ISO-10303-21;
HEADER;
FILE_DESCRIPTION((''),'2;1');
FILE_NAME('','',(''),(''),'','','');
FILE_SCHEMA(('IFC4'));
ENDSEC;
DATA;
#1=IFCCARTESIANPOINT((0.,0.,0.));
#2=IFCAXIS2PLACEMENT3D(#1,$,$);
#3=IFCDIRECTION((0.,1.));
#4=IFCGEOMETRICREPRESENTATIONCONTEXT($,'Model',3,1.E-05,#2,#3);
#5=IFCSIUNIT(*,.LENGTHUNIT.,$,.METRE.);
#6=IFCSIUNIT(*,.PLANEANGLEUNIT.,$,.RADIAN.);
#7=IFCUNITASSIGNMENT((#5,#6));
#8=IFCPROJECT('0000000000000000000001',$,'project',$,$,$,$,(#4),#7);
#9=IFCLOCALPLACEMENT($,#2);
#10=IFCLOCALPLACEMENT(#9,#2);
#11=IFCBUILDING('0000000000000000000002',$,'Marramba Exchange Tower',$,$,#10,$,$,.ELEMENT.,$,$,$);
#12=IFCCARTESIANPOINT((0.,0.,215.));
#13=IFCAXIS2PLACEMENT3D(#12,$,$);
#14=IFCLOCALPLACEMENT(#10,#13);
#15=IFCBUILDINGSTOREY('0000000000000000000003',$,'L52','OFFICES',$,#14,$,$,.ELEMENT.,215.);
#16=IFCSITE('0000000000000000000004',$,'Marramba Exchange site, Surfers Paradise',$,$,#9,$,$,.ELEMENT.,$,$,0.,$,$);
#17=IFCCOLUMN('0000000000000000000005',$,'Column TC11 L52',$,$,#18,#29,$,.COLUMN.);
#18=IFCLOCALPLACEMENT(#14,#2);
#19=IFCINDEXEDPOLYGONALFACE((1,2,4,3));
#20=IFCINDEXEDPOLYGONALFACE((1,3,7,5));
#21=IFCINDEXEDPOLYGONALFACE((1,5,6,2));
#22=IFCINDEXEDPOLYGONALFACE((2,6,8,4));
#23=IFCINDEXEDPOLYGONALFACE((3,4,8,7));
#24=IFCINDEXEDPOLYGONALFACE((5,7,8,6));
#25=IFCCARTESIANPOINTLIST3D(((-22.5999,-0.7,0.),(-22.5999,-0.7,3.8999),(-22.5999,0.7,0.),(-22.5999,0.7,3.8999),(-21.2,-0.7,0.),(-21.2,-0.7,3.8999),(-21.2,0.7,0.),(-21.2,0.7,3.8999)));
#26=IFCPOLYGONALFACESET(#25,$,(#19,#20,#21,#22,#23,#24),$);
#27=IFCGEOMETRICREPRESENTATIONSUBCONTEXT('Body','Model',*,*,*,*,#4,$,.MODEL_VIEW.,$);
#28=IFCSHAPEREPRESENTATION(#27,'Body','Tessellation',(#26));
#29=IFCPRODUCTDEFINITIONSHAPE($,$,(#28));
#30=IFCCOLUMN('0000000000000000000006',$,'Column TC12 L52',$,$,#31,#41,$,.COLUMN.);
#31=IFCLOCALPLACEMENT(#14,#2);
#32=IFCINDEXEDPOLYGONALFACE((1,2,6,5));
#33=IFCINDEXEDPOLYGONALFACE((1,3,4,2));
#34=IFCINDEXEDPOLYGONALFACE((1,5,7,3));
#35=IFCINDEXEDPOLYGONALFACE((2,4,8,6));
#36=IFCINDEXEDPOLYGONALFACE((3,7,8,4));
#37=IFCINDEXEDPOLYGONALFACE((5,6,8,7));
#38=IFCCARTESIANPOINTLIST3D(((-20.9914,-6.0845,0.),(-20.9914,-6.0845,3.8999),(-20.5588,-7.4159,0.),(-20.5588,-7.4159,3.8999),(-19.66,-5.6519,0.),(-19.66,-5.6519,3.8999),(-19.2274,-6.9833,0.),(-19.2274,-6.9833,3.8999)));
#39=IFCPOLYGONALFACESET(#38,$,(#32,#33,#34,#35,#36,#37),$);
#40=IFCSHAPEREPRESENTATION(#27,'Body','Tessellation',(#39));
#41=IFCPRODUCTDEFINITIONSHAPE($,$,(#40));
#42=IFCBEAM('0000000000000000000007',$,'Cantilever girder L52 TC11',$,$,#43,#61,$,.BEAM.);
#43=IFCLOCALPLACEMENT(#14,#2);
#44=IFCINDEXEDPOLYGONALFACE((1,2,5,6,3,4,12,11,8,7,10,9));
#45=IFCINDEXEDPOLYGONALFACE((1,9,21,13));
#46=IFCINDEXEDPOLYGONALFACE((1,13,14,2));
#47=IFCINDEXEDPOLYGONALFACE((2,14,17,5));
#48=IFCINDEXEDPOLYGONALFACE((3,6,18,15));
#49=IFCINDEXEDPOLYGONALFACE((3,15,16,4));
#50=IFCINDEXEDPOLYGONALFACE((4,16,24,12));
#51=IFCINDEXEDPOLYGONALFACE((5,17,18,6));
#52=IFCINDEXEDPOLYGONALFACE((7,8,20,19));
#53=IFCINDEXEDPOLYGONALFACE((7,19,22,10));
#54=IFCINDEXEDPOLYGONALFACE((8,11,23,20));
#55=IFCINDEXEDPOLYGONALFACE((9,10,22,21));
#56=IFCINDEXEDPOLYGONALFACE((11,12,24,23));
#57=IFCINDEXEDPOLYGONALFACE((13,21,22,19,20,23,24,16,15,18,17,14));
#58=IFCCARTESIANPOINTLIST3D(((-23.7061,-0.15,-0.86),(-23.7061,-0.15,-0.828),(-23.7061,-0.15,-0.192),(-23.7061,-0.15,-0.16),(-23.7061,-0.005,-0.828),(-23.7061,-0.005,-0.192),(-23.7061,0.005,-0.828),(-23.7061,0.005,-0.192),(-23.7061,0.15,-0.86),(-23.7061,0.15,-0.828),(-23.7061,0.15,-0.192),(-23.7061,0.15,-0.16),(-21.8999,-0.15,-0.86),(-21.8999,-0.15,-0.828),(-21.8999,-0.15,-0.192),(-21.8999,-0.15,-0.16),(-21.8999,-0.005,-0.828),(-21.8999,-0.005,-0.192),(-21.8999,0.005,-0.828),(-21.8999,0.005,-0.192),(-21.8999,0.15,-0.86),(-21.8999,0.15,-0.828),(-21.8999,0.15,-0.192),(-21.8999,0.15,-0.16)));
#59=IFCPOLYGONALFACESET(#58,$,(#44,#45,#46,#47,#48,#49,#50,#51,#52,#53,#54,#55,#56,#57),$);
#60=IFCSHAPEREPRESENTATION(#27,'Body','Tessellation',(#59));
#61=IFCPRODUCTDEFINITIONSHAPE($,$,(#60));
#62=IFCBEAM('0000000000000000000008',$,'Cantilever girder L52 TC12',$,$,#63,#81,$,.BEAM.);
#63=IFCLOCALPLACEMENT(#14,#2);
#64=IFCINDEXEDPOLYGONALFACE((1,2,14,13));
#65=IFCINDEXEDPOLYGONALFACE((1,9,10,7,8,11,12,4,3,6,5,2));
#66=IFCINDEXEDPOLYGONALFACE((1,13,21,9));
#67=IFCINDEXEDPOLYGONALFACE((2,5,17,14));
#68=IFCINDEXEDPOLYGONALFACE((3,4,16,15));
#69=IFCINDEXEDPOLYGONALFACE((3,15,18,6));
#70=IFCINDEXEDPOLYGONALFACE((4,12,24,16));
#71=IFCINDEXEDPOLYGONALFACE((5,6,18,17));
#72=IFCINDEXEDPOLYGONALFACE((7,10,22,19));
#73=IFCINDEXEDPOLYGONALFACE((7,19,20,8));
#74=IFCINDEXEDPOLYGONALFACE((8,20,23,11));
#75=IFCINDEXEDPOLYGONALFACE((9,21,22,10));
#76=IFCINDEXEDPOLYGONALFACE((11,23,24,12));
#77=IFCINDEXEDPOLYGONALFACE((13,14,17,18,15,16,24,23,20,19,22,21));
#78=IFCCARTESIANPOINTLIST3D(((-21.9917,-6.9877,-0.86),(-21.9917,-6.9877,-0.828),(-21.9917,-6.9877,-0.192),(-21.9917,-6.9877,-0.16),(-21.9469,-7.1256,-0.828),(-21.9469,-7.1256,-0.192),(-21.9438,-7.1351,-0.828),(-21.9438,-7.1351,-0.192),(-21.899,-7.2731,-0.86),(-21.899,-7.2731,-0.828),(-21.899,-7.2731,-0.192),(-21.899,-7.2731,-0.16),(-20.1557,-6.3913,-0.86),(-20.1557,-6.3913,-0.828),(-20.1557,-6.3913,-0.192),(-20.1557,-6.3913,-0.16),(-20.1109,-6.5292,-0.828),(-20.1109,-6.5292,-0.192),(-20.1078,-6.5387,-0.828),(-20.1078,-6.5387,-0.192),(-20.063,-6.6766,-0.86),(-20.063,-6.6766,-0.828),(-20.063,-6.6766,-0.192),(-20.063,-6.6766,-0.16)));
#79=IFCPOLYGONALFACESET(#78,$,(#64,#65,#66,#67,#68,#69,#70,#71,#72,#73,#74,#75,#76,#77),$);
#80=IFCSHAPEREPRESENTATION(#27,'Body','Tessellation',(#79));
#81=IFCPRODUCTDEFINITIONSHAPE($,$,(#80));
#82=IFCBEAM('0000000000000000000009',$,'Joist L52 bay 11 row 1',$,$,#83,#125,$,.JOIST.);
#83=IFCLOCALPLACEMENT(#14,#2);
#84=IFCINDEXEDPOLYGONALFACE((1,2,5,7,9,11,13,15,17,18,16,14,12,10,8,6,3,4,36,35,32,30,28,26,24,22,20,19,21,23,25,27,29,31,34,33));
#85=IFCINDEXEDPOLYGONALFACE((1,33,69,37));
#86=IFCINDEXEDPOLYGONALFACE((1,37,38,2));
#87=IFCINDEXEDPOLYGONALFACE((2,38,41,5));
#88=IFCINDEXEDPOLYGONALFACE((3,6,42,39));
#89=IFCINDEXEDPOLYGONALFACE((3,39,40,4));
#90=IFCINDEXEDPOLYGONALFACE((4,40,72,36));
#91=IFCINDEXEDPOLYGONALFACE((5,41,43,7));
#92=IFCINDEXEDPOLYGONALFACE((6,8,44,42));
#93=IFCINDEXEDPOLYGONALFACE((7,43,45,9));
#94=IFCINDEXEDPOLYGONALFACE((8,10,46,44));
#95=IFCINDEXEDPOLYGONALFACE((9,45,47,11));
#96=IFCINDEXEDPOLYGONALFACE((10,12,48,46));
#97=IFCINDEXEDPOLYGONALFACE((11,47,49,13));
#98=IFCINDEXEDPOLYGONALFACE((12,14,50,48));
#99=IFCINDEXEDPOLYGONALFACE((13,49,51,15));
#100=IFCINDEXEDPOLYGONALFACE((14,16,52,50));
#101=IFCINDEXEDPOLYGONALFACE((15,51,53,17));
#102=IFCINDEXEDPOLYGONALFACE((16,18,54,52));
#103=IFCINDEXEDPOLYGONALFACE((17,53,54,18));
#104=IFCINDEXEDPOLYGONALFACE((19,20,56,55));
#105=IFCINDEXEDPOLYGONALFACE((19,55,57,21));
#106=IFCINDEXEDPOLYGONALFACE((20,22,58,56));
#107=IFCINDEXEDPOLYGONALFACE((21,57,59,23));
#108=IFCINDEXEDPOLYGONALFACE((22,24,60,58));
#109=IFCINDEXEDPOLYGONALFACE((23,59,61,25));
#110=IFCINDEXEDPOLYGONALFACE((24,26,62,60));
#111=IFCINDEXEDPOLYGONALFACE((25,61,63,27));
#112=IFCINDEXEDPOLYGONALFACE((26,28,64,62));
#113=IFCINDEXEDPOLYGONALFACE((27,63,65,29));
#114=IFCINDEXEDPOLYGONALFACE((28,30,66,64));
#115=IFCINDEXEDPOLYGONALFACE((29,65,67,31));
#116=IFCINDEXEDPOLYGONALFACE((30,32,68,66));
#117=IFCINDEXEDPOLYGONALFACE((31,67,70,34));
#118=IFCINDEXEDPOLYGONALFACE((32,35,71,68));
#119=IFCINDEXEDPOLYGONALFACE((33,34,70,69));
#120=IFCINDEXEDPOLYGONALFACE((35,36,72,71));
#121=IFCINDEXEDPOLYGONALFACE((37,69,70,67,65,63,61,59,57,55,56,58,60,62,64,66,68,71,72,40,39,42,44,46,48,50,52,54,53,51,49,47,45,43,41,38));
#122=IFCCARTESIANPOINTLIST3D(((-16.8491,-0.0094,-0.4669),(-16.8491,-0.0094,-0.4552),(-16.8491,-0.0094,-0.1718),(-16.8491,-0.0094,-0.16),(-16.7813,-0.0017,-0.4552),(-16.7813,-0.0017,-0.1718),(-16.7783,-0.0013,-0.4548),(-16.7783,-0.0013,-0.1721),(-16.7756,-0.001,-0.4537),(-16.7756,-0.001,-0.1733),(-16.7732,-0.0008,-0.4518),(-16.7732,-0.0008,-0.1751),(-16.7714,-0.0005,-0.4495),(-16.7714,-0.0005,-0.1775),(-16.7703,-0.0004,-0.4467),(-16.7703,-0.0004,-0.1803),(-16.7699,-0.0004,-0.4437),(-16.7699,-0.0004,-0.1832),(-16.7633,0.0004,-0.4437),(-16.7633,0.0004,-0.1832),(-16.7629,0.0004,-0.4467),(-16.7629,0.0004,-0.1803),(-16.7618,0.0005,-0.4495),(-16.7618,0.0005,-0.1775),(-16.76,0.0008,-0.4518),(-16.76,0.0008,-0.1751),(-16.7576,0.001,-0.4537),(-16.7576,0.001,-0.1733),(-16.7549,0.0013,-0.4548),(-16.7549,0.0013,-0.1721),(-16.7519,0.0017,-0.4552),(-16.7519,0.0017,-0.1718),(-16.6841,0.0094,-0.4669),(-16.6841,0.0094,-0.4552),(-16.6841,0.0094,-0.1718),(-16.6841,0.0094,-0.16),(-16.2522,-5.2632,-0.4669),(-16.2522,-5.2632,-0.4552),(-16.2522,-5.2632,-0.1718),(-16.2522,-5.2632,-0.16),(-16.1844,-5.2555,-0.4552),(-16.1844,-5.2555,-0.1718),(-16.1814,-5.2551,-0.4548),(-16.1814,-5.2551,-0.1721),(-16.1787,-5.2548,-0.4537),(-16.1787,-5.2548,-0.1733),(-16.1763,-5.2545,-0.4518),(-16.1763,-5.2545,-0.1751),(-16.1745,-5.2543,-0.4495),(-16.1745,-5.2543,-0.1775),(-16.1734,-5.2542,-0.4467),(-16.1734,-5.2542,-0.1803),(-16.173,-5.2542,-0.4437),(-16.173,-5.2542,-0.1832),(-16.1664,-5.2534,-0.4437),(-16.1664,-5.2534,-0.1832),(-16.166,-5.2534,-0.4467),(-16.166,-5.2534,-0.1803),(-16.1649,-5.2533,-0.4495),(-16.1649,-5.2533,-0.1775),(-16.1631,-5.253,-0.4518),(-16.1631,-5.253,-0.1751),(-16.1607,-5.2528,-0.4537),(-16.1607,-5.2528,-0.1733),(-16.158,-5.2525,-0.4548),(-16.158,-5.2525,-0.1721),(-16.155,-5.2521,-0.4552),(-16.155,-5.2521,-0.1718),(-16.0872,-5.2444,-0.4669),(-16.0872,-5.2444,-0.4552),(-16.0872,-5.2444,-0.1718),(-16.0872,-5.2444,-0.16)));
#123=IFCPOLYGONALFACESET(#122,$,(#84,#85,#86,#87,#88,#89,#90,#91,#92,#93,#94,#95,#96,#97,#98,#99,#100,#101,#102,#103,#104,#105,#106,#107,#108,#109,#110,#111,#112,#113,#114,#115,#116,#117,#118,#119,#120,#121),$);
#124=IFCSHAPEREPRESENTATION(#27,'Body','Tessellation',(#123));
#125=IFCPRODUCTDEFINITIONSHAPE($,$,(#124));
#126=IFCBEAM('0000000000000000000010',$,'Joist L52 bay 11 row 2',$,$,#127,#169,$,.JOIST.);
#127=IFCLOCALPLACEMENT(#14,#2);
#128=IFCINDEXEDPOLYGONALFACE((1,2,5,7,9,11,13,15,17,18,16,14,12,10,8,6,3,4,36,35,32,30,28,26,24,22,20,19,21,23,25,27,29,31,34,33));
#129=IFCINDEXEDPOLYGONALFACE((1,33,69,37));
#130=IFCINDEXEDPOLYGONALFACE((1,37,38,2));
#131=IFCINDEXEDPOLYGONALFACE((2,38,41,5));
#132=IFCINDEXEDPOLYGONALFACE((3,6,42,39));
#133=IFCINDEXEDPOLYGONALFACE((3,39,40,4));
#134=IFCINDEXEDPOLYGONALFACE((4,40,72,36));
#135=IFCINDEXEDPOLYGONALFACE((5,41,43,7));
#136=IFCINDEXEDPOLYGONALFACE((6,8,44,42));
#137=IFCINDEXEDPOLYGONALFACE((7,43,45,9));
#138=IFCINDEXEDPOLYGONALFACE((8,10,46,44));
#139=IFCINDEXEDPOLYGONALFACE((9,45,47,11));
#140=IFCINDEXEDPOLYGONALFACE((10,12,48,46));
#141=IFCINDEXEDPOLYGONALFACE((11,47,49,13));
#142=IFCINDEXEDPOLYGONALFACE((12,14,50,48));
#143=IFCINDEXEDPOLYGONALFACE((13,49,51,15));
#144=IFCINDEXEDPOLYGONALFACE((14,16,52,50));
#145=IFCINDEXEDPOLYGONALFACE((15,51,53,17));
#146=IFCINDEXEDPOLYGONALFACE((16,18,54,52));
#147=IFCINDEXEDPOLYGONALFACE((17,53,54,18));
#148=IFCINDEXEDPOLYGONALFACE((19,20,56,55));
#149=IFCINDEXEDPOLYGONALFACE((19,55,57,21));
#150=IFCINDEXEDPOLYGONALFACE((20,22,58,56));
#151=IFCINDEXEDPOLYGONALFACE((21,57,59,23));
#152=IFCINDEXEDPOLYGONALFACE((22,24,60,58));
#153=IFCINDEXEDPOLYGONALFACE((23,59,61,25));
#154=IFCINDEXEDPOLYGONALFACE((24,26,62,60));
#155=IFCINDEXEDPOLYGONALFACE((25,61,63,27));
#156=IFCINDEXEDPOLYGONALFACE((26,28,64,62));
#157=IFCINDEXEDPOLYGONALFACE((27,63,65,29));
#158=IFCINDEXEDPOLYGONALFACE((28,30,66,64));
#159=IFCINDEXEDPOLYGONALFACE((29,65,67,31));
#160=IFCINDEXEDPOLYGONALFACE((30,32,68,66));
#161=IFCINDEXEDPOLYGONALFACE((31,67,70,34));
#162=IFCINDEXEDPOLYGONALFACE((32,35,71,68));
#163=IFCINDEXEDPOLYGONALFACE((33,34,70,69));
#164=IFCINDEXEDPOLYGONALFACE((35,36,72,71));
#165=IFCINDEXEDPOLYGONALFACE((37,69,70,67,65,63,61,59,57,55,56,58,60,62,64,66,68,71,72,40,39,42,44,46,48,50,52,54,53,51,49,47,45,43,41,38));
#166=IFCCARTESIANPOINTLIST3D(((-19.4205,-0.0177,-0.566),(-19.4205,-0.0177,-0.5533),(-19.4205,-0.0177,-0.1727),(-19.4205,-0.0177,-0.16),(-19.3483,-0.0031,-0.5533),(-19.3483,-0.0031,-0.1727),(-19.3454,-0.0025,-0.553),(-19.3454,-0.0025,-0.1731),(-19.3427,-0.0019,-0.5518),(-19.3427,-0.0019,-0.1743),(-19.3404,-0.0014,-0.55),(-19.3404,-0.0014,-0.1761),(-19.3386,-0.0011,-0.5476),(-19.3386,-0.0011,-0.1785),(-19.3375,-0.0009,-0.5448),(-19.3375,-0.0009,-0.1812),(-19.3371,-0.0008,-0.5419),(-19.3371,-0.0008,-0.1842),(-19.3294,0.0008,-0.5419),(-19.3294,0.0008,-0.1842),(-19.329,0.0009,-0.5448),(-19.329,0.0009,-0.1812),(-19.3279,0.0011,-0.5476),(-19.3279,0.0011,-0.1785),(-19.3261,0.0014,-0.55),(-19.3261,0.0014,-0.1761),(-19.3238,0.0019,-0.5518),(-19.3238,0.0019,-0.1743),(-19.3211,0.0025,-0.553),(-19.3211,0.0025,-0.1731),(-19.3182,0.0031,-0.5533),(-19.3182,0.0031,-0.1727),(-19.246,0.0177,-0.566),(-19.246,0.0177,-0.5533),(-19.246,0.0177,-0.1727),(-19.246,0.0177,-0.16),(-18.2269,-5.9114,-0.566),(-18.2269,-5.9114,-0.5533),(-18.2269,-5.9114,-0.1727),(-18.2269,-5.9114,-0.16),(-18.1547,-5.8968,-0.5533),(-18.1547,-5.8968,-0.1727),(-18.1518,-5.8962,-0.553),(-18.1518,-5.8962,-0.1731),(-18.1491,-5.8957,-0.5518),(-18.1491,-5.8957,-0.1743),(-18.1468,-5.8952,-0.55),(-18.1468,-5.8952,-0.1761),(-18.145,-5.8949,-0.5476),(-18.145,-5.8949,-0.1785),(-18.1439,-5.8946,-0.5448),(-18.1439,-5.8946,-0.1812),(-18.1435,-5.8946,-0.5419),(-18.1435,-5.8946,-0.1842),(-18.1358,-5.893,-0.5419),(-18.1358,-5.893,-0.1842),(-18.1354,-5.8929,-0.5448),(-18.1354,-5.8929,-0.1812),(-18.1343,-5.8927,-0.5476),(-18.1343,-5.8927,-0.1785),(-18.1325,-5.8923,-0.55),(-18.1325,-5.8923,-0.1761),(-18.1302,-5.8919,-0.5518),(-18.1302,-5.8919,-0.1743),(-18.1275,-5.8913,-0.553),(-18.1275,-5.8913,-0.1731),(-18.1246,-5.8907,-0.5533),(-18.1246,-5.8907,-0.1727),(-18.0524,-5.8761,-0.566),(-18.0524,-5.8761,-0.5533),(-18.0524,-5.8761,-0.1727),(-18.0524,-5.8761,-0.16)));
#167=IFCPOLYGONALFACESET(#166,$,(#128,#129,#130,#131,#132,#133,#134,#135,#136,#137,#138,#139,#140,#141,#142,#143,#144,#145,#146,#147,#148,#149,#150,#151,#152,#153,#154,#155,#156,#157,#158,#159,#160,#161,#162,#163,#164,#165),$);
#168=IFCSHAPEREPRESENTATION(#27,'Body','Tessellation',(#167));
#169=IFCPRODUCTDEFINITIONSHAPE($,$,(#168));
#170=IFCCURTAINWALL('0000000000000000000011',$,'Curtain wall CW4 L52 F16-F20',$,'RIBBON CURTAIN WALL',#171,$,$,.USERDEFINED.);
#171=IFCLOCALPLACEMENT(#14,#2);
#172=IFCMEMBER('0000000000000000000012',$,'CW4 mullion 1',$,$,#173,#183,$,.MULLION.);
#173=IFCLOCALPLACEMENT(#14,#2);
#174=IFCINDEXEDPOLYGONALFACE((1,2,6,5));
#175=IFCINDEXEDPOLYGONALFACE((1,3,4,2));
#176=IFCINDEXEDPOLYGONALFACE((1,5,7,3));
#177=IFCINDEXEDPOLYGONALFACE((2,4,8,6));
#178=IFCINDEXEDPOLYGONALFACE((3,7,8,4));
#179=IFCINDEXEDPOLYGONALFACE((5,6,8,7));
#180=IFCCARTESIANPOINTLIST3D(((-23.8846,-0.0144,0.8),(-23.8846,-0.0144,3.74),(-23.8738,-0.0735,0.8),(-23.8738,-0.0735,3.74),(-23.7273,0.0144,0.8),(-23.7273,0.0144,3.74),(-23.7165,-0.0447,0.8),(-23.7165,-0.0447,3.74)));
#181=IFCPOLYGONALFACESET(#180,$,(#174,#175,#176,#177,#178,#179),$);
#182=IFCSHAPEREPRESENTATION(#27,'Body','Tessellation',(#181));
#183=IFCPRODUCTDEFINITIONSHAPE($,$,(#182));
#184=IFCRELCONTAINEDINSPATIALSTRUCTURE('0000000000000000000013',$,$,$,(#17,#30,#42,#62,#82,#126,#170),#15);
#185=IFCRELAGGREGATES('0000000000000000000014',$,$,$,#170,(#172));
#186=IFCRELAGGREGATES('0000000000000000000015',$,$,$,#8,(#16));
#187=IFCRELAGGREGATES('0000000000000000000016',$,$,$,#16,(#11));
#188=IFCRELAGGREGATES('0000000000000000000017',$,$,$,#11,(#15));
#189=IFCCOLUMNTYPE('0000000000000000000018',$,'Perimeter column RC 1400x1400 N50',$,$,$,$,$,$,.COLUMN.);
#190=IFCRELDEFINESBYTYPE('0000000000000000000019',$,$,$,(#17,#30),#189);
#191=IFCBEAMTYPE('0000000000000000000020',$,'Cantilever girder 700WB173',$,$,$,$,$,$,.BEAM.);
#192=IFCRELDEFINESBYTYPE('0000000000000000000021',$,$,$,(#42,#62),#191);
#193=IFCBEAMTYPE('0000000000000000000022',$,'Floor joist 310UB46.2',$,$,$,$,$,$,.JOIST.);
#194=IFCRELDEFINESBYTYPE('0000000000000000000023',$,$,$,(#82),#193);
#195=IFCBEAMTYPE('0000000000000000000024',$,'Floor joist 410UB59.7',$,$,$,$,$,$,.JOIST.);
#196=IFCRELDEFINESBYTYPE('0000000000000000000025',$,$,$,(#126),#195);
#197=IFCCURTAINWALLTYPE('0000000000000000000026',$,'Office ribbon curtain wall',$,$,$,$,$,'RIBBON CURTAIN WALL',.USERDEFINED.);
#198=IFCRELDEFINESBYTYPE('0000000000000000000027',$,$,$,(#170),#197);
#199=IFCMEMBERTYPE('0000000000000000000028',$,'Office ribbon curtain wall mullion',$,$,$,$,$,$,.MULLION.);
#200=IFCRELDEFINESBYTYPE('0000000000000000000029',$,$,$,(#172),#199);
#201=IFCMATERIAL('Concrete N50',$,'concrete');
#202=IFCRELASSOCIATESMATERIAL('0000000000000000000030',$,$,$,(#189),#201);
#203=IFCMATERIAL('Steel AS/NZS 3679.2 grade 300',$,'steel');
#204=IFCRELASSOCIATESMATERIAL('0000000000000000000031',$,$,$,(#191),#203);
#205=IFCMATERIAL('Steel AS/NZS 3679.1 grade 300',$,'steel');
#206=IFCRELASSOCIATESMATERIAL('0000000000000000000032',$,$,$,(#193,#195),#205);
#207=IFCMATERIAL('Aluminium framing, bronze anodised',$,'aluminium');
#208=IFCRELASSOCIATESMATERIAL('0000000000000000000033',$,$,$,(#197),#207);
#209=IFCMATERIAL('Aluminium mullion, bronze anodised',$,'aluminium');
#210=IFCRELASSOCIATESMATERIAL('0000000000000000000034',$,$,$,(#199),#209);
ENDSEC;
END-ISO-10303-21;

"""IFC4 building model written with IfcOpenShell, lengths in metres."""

from ifc_helpers import new_model, si_unit, direction, frame, origin, origin_2d, place, context, subcontext, project, spatial, rectangle, i_section, extrude, material, material_profile, profile_set, type_object, element, aggregate, save


model = new_model("IFC4")

# Units and contexts
model_context = context("Model", 3, precision=1e-05, world=origin(), true_north=direction((0.0, 1.0)))
body_context = subcontext(model_context, "Body", "Model", "MODEL_VIEW")
ifc_project = project(units=[si_unit("LENGTHUNIT", "METRE"), si_unit("PLANEANGLEUNIT", "RADIAN")], contexts=[model_context])

# Site, building, storey
site_placement = place(None, origin())
site = spatial("IfcSite", under=ifc_project, at=site_placement, Name="Marramba Exchange site, Surfers Paradise", CompositionType="ELEMENT", RefElevation=0.0)
building_placement = place(site_placement, origin())
building = spatial("IfcBuilding", under=site, at=building_placement, Name="Marramba Exchange Tower", CompositionType="ELEMENT")
storey_placement = place(building_placement, frame((0.0, 0.0, 215.0)))
storey = spatial("IfcBuildingStorey", under=building, at=storey_placement, Name="L52", Description="OFFICES", CompositionType="ELEMENT", Elevation=215.0)

# Columns
ifc_material_1 = material(Name="Concrete N50", Category="concrete")
ifc_material_profile_1 = material_profile(ifc_material_1, rectangle(XDim=1.3999, YDim=1.3999, at=origin_2d()), Name="RC 1400x1400")
ifc_profile_set_1 = profile_set([ifc_material_profile_1], Name="Concrete N50")
column_type = type_object("IfcColumnType", Name="Perimeter column RC 1400x1400 N50", PredefinedType="COLUMN", material=ifc_profile_set_1)
for number, where, z_axis, x_axis, name in (
    (1, (-21.8999, 0.0, 0.0), (0.0, 0.0, 1.0), (-1.0, 0.0, 0.0), "Column TC11 L52"),
    (2, (-20.1094, -6.5339, 0.0), (0.0, 0.0, 1.0), (-0.951057, -0.309017, 0.0), "Column TC12 L52"),
):
    element("IfcColumn", number, at=place(storey_placement, frame(where, z_axis=z_axis, x_axis=x_axis)), inside=storey, type_object=column_type, Name=name, PredefinedType="COLUMN", context=body_context, shape_type="SweptSolid", body=[
        extrude(rectangle(XDim=1.3999, YDim=1.3999, at=origin_2d()), origin(), (0.0, 0.0, 1.0), 3.8999),
    ])

# Beams
ifc_material_2 = material(Name="Steel AS/NZS 3679.2 grade 300", Category="steel")
ifc_material_profile_2 = material_profile(ifc_material_2, i_section(OverallWidth=0.3, OverallDepth=0.7, WebThickness=0.01, FlangeThickness=0.032, at=origin_2d()), Name="700WB173")
ifc_profile_set_2 = profile_set([ifc_material_profile_2], Name="Steel AS/NZS 3679.2 grade 300")
beam_type_1 = type_object("IfcBeamType", Name="Cantilever girder 700WB173", PredefinedType="BEAM", material=ifc_profile_set_2)
beam_1_placement = place(storey_placement, frame((-21.8999, 0.0, -0.51), z_axis=(-1.0, 0.0, 0.0), x_axis=(0.0, -1.0, 0.0)))
element("IfcBeam", 3, at=beam_1_placement, inside=storey, type_object=beam_type_1, Name="Cantilever girder L52 TC11", PredefinedType="BEAM", context=body_context, shape_type="SweptSolid", body=[
    extrude(i_section(OverallWidth=0.3, OverallDepth=0.7, WebThickness=0.01, FlangeThickness=0.032, at=origin_2d()), origin(), (0.0, 0.0, 1.0), 1.8062),
])
beam_2_placement = place(storey_placement, frame((-20.1094, -6.5339, -0.51), z_axis=(-0.951071, -0.308972, 0.0), x_axis=(0.308972, -0.951071, 0.0)))
element("IfcBeam", 4, at=beam_2_placement, inside=storey, type_object=beam_type_1, Name="Cantilever girder L52 TC12", PredefinedType="BEAM", context=body_context, shape_type="SweptSolid", body=[
    extrude(i_section(OverallWidth=0.3, OverallDepth=0.7, WebThickness=0.01, FlangeThickness=0.032, at=origin_2d()), origin(), (0.0, 0.0, 1.0), 1.9304),
])
ifc_material_3 = material(Name="Steel AS/NZS 3679.1 grade 300", Category="steel")
ifc_material_profile_3 = material_profile(ifc_material_3, i_section(OverallWidth=0.166, OverallDepth=0.3069, WebThickness=0.0066, FlangeThickness=0.0117, FilletRadius=0.0115, at=origin_2d()), Name="310UB46.2")
ifc_profile_set_3 = profile_set([ifc_material_profile_3], Name="Steel AS/NZS 3679.1 grade 300")
beam_type_2 = type_object("IfcBeamType", Name="Floor joist 310UB46.2", PredefinedType="JOIST", material=ifc_profile_set_3)
beam_3_placement = place(storey_placement, frame((-16.7666, 0.0, -0.3135), z_axis=(0.112889, -0.993608, 0.0), x_axis=(0.993608, 0.112889, 0.0)))
element("IfcBeam", 5, at=beam_3_placement, inside=storey, type_object=beam_type_2, Name="Joist L52 bay 11 row 1", PredefinedType="JOIST", context=body_context, shape_type="SweptSolid", body=[
    extrude(i_section(OverallWidth=0.166, OverallDepth=0.3069, WebThickness=0.0066, FlangeThickness=0.0117, FilletRadius=0.0115, at=origin_2d()), origin(), (0.0, 0.0, 1.0), 5.2876),
])
ifc_material_profile_4 = material_profile(ifc_material_3, i_section(OverallWidth=0.178, OverallDepth=0.406, WebThickness=0.0078, FlangeThickness=0.0127, FilletRadius=0.0115, at=origin_2d()), Name="410UB59.7")
ifc_profile_set_4 = profile_set([ifc_material_profile_4], Name="Steel AS/NZS 3679.1 grade 300")
beam_type_3 = type_object("IfcBeamType", Name="Floor joist 410UB59.7", PredefinedType="JOIST", material=ifc_profile_set_4)
beam_4_placement = place(storey_placement, frame((-19.3333, 0.0, -0.363), z_axis=(0.198489, -0.980103, 0.0), x_axis=(0.980103, 0.198489, 0.0)))
element("IfcBeam", 6, at=beam_4_placement, inside=storey, type_object=beam_type_3, Name="Joist L52 bay 11 row 2", PredefinedType="JOIST", context=body_context, shape_type="SweptSolid", body=[
    extrude(i_section(OverallWidth=0.178, OverallDepth=0.406, WebThickness=0.0078, FlangeThickness=0.0127, FilletRadius=0.0115, at=origin_2d()), origin(), (0.0, 0.0, 1.0), 6.0134),
])

# Curtain wall, member
ifc_material_4 = material(Name="Aluminium framing, bronze anodised", Category="aluminium")
curtain_wall_type = type_object("IfcCurtainWallType", Name="Office ribbon curtain wall", ElementType="RIBBON CURTAIN WALL", PredefinedType="USERDEFINED", material=ifc_material_4)
curtain_wall_placement = place(storey_placement, origin())
curtain_wall = element("IfcCurtainWall", 7, at=curtain_wall_placement, inside=storey, type_object=curtain_wall_type, Name="Curtain wall CW4 L52 F16-F20", ObjectType="RIBBON CURTAIN WALL", PredefinedType="USERDEFINED")
ifc_material_5 = material(Name="Aluminium mullion, bronze anodised", Category="aluminium")
ifc_material_profile_5 = material_profile(ifc_material_5, rectangle(XDim=0.1599, YDim=0.0601, at=origin_2d()), Name="CW4 mullion 60x160")
ifc_profile_set_5 = profile_set([ifc_material_profile_5], Name="Aluminium mullion, bronze anodised")
member_type_1 = type_object("IfcMemberType", Name="Office ribbon curtain wall mullion", PredefinedType="MULLION", material=ifc_profile_set_5)
member_1_placement = place(storey_placement, frame((-23.8005, -0.0295, 0.8), z_axis=(0.0, 0.0, 1.0), x_axis=(0.983607, 0.180327, 0.0)))
member_1 = element("IfcMember", 8, at=member_1_placement, type_object=member_type_1, Name="CW4 mullion 1", PredefinedType="MULLION", context=body_context, shape_type="SweptSolid", body=[
    extrude(rectangle(XDim=0.1599, YDim=0.0601, at=origin_2d()), origin(), (0.0, 0.0, 1.0), 2.9399),
])

aggregate(curtain_wall, [member_1])

save(model, "model.ifc")
